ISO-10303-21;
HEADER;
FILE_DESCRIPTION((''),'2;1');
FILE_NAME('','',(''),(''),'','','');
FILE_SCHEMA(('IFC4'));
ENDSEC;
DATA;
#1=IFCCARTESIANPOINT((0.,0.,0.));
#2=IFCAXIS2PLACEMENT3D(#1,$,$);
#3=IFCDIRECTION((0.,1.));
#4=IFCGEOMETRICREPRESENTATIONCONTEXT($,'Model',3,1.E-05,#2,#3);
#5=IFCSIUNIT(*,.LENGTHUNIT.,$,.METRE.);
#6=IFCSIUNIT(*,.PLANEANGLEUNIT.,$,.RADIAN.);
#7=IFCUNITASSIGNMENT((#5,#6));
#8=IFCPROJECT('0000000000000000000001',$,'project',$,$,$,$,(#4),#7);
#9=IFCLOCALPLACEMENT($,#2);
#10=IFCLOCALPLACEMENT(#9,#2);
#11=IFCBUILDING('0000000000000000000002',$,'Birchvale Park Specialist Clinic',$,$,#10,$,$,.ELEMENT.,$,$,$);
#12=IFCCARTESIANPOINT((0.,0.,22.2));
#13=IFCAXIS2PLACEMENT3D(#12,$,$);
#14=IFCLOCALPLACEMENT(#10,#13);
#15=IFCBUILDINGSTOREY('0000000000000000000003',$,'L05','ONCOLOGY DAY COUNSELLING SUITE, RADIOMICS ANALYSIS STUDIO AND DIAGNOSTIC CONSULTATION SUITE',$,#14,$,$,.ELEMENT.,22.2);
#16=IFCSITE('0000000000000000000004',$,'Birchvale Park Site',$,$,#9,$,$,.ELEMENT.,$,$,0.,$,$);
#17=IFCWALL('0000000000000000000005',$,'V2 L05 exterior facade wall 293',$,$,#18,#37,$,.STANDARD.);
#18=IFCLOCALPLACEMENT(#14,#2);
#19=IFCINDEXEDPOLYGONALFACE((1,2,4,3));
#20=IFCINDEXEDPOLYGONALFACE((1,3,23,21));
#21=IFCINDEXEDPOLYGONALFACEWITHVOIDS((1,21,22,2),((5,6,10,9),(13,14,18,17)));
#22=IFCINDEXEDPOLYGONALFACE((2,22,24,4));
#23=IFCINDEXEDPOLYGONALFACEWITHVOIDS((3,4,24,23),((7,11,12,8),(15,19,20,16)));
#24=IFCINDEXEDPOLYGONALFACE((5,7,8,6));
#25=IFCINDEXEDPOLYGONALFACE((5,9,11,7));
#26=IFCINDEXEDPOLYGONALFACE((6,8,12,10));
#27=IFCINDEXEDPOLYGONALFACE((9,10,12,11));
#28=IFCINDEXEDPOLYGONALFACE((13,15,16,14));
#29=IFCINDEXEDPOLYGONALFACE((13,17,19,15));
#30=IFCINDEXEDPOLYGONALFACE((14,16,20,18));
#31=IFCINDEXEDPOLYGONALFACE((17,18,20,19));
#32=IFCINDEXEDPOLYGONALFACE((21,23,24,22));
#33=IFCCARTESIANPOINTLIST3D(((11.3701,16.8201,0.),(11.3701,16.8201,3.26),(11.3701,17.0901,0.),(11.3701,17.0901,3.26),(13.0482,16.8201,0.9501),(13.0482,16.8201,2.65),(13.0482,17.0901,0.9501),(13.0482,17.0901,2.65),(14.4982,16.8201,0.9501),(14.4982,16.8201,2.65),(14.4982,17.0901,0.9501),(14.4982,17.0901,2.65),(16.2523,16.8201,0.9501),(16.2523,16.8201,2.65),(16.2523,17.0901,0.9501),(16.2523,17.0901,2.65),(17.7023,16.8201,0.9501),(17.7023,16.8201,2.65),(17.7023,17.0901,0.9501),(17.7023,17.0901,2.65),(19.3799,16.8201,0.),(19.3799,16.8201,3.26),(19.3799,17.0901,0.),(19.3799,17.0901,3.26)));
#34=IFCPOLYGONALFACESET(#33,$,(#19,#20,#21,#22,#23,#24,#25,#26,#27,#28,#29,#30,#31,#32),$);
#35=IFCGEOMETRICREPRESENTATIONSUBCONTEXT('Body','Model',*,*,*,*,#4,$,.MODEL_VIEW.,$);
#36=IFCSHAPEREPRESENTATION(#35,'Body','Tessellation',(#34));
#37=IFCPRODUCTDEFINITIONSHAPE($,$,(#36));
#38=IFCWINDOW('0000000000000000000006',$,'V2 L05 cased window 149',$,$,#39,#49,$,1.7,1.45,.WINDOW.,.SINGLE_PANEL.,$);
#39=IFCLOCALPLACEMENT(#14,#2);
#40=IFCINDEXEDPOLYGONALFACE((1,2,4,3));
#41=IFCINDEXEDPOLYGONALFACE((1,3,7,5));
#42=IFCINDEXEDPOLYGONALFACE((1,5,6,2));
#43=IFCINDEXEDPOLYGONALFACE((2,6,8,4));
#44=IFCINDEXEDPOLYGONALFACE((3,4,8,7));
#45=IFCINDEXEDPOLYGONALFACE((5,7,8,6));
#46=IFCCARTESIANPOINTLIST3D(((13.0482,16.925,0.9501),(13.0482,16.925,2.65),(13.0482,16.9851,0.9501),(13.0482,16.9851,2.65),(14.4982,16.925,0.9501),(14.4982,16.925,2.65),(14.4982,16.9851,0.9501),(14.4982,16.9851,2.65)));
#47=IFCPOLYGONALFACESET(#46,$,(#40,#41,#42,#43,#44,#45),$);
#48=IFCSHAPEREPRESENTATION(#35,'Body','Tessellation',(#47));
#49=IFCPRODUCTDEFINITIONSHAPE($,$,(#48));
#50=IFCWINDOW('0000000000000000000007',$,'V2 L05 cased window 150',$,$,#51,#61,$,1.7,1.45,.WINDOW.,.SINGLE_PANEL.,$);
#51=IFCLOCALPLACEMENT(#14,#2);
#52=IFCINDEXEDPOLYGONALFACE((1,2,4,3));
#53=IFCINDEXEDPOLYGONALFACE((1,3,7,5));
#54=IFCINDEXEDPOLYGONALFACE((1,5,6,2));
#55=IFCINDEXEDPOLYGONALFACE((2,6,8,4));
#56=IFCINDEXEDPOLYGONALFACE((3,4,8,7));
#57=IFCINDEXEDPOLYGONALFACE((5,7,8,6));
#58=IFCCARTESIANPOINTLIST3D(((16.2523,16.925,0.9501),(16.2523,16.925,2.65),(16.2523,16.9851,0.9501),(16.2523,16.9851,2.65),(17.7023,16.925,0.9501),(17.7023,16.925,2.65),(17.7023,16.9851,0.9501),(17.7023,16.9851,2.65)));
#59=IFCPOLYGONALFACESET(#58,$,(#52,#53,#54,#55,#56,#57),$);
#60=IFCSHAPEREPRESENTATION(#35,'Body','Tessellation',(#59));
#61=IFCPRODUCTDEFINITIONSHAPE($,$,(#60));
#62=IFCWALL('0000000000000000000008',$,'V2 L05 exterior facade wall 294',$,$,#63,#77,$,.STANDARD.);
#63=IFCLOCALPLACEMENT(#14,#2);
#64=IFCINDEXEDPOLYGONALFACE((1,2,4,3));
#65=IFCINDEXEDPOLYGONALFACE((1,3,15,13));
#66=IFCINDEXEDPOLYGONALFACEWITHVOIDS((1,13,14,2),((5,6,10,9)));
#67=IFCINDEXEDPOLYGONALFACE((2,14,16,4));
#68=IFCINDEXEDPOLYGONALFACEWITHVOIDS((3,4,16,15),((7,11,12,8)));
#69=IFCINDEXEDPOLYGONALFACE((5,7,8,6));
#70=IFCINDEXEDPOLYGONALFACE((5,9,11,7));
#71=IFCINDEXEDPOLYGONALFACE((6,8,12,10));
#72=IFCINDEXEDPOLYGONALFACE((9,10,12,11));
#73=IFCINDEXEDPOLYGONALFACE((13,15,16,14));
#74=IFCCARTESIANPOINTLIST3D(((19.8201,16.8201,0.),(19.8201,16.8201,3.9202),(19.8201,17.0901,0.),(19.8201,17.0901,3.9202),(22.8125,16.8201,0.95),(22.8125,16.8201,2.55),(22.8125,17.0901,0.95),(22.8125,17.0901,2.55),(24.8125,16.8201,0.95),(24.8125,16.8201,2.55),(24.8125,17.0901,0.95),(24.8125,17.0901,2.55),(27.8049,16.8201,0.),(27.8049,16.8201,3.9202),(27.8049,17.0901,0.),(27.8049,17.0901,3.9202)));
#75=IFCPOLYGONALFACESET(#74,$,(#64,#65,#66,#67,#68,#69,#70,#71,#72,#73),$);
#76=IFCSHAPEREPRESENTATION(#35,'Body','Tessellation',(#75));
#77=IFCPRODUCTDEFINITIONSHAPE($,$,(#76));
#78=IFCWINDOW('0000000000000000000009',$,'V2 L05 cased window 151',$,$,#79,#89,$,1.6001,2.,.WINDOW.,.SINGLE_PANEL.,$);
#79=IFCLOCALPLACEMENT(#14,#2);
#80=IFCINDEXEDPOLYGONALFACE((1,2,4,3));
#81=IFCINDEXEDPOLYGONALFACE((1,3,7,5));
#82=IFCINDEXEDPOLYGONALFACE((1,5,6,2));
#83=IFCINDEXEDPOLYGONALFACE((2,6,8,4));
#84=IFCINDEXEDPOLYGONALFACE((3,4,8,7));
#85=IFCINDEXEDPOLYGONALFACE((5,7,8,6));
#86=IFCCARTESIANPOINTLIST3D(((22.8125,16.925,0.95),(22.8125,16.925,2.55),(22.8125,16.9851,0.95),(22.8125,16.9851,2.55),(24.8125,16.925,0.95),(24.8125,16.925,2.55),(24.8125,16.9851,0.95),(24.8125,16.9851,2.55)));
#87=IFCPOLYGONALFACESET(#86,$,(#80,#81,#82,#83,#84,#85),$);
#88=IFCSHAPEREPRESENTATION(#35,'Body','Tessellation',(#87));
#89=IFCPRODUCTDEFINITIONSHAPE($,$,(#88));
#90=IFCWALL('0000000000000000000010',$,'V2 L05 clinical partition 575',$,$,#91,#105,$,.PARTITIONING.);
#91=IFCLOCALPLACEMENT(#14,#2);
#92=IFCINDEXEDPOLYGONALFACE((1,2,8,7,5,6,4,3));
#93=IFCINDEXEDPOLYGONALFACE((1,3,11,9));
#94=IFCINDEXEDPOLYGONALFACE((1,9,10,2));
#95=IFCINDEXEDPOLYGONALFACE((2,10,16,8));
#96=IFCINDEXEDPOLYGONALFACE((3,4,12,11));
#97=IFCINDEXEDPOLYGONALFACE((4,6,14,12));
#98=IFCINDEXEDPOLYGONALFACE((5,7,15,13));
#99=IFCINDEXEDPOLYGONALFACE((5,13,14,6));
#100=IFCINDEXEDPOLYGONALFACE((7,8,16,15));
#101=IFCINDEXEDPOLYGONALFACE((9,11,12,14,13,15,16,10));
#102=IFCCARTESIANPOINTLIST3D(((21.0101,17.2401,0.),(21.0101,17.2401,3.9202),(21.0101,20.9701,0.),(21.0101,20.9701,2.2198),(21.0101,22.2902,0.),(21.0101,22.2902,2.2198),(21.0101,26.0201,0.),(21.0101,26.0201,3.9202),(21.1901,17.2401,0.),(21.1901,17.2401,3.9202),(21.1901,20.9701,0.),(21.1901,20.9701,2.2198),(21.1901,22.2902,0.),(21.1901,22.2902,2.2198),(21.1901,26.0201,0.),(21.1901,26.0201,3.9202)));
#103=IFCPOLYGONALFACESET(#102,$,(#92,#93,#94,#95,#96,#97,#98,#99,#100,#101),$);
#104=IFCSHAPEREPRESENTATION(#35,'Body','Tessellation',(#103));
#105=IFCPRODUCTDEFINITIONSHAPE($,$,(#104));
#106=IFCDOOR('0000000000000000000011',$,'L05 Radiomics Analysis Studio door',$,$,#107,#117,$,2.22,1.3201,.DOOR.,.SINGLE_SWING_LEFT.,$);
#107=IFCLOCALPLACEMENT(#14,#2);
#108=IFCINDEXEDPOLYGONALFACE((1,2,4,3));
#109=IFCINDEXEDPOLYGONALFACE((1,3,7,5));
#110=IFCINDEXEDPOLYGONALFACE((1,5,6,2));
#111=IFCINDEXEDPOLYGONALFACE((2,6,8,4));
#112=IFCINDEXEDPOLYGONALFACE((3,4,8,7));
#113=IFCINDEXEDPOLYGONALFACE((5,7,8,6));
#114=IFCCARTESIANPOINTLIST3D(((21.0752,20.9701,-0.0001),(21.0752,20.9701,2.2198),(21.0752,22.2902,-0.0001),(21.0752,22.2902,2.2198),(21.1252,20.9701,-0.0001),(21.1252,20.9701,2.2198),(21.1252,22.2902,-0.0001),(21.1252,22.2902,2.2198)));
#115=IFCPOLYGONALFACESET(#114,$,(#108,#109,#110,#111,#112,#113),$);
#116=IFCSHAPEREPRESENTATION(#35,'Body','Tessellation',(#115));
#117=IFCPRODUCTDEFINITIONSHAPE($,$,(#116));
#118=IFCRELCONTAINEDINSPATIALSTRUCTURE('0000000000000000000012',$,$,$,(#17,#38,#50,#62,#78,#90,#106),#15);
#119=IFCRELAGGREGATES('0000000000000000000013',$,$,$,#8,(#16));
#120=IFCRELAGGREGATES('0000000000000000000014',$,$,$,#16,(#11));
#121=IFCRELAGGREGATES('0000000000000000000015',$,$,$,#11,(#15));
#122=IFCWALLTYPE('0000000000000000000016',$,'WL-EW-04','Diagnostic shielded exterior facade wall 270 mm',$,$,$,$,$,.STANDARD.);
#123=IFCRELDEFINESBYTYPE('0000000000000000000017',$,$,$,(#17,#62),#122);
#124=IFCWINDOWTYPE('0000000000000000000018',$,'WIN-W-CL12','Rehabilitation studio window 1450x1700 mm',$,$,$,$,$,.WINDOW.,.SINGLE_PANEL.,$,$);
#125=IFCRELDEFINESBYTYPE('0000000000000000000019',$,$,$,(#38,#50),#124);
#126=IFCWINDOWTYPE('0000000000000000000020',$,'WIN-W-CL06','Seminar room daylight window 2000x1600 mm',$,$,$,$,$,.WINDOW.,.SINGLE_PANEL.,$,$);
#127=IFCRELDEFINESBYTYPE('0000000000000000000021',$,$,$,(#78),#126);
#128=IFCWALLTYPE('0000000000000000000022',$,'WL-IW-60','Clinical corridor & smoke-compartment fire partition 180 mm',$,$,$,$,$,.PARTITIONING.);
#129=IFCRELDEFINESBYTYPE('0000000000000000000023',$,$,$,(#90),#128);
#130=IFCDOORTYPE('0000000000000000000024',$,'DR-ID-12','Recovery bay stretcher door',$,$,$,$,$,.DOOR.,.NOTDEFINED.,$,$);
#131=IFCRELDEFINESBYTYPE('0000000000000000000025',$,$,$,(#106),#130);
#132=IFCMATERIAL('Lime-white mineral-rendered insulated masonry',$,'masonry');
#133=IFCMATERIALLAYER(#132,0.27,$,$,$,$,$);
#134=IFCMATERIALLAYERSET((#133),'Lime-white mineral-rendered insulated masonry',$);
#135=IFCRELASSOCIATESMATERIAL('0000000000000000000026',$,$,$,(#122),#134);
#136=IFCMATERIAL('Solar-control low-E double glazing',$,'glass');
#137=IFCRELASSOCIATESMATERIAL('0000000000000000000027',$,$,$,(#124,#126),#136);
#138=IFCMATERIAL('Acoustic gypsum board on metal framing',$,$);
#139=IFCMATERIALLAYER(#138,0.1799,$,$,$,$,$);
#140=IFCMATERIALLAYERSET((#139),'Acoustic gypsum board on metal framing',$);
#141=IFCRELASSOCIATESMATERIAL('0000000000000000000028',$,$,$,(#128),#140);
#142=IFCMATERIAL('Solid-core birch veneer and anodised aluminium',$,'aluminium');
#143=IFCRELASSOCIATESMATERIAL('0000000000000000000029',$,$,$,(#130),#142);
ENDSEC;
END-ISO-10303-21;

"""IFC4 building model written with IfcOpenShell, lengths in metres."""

from ifc_helpers import new_model, si_unit, direction, frame, frame_2d, origin, place, context, subcontext, project, spatial, rectangle, extrude, material, layer, layer_set, type_object, element, fill, save


model = new_model("IFC4")

# Units and contexts
model_context = context("Model", 3, precision=1e-05, world=origin(), true_north=direction((0.0, 1.0)))
body_context = subcontext(model_context, "Body", "Model", "MODEL_VIEW")
ifc_project = project(units=[si_unit("LENGTHUNIT", "METRE"), si_unit("PLANEANGLEUNIT", "RADIAN")], contexts=[model_context])

# Site, building, storey
site_placement = place(None, origin())
site = spatial("IfcSite", under=ifc_project, at=site_placement, Name="Birchvale Park Site", CompositionType="ELEMENT", RefElevation=0.0)
building_placement = place(site_placement, origin())
building = spatial("IfcBuilding", under=site, at=building_placement, Name="Birchvale Park Specialist Clinic", CompositionType="ELEMENT")
storey_placement = place(building_placement, frame((0.0, 0.0, 22.2)))
storey = spatial("IfcBuildingStorey", under=building, at=storey_placement, Name="L05", Description="ONCOLOGY DAY COUNSELLING SUITE, RADIOMICS ANALYSIS STUDIO AND DIAGNOSTIC CONSULTATION SUITE", CompositionType="ELEMENT", Elevation=22.2)

# Shared definitions
ifc_material_1 = material(Name="Solar-control low-E double glazing", Category="glass")

# Shared definitions
ifc_material_2 = material(Name="Lime-white mineral-rendered insulated masonry", Category="masonry")

# Wall, openings, windows
ifc_layer_1 = layer(ifc_material_2, 0.27)
ifc_layer_set_1 = layer_set([ifc_layer_1], Name="Lime-white mineral-rendered insulated masonry")
wall_type_1 = type_object("IfcWallType", Name="WL-EW-04", Description="Diagnostic shielded exterior facade wall 270 mm", PredefinedType="STANDARD", material=ifc_layer_set_1)
wall_1_placement = place(storey_placement, frame((11.3701, 16.9551, 0.0), z_axis=(0.0, 0.0, 1.0), x_axis=(1.0, 0.0, 0.0)))
wall_1 = element("IfcWall", 1, at=wall_1_placement, inside=storey, type_object=wall_type_1, Name="V2 L05 exterior facade wall 293", PredefinedType="STANDARD", context=body_context, shape_type="SweptSolid", body=[
    extrude(rectangle(XDim=8.0098, YDim=0.27, at=frame_2d((4.0049, 0.0))), origin(), (0.0, 0.0, 1.0), 3.26),
])
opening_1_placement = place(wall_1_placement, frame((1.678, 0.0, 0.95)))
opening_1 = element("IfcOpeningElement", 2, at=opening_1_placement, cuts=wall_1, PredefinedType="OPENING", context=body_context, shape_type="SweptSolid", body=[
    extrude(rectangle(XDim=1.45, YDim=1.7, at=frame_2d((0.7251, 0.8501))), frame((0.0, 0.145, 0.0), z_axis=(0.0, -1.0, 0.0), x_axis=(1.0, 0.0, 0.0)), (0.0, 0.0, 1.0), 0.29),
])
opening_2_placement = place(wall_1_placement, frame((4.8821, 0.0, 0.95)))
opening_2 = element("IfcOpeningElement", 3, at=opening_2_placement, cuts=wall_1, PredefinedType="OPENING", context=body_context, shape_type="SweptSolid", body=[
    extrude(rectangle(XDim=1.45, YDim=1.7, at=frame_2d((0.7251, 0.8501))), frame((0.0, 0.145, 0.0), z_axis=(0.0, -1.0, 0.0), x_axis=(1.0, 0.0, 0.0)), (0.0, 0.0, 1.0), 0.29),
])
window_type_1 = type_object("IfcWindowType", Name="WIN-W-CL12", Description="Rehabilitation studio window 1450x1700 mm", PartitioningType="SINGLE_PANEL", PredefinedType="WINDOW", material=ifc_material_1)
window_1_placement = place(opening_1_placement, origin())
window_1 = element("IfcWindow", 4, at=window_1_placement, inside=storey, type_object=window_type_1, Name="V2 L05 cased window 149", OverallHeight=1.7, OverallWidth=1.45, PartitioningType="SINGLE_PANEL", PredefinedType="WINDOW", context=body_context, shape_type="SweptSolid", body=[
    extrude(rectangle(XDim=1.45, YDim=1.7, at=frame_2d((0.7251, 0.8501))), frame((0.0, 0.03, 0.0), z_axis=(0.0, -1.0, 0.0), x_axis=(1.0, 0.0, 0.0)), (0.0, 0.0, 1.0), 0.0601),
])
fill(opening_1, window_1)
window_2_placement = place(opening_2_placement, origin())
window_2 = element("IfcWindow", 5, at=window_2_placement, inside=storey, type_object=window_type_1, Name="V2 L05 cased window 150", OverallHeight=1.7, OverallWidth=1.45, PartitioningType="SINGLE_PANEL", PredefinedType="WINDOW", context=body_context, shape_type="SweptSolid", body=[
    extrude(rectangle(XDim=1.45, YDim=1.7, at=frame_2d((0.7251, 0.8501))), frame((0.0, 0.03, 0.0), z_axis=(0.0, -1.0, 0.0), x_axis=(1.0, 0.0, 0.0)), (0.0, 0.0, 1.0), 0.0601),
])
fill(opening_2, window_2)

# Wall, opening, window
wall_2_placement = place(storey_placement, frame((19.8201, 16.9551, 0.0), z_axis=(0.0, 0.0, 1.0), x_axis=(1.0, 0.0, 0.0)))
wall_2 = element("IfcWall", 6, at=wall_2_placement, inside=storey, type_object=wall_type_1, Name="V2 L05 exterior facade wall 294", PredefinedType="STANDARD", context=body_context, shape_type="SweptSolid", body=[
    extrude(rectangle(XDim=7.9849, YDim=0.27, at=frame_2d((3.9924, 0.0))), origin(), (0.0, 0.0, 1.0), 3.9202),
])
opening_3_placement = place(wall_2_placement, frame((2.9924, 0.0, 0.95)))
opening_3 = element("IfcOpeningElement", 7, at=opening_3_placement, cuts=wall_2, PredefinedType="OPENING", context=body_context, shape_type="SweptSolid", body=[
    extrude(rectangle(XDim=2.0, YDim=1.6001, at=frame_2d((1.0, 0.8))), frame((0.0, 0.145, 0.0), z_axis=(0.0, -1.0, 0.0), x_axis=(1.0, 0.0, 0.0)), (0.0, 0.0, 1.0), 0.29),
])
window_type_2 = type_object("IfcWindowType", Name="WIN-W-CL06", Description="Seminar room daylight window 2000x1600 mm", PartitioningType="SINGLE_PANEL", PredefinedType="WINDOW", material=ifc_material_1)
window_3_placement = place(opening_3_placement, origin())
window_3 = element("IfcWindow", 8, at=window_3_placement, inside=storey, type_object=window_type_2, Name="V2 L05 cased window 151", OverallHeight=1.6001, OverallWidth=2.0, PartitioningType="SINGLE_PANEL", PredefinedType="WINDOW", context=body_context, shape_type="SweptSolid", body=[
    extrude(rectangle(XDim=2.0, YDim=1.6001, at=frame_2d((1.0, 0.8))), frame((0.0, 0.03, 0.0), z_axis=(0.0, -1.0, 0.0), x_axis=(1.0, 0.0, 0.0)), (0.0, 0.0, 1.0), 0.0601),
])
fill(opening_3, window_3)

# Wall, opening, door
ifc_material_3 = material(Name="Acoustic gypsum board on metal framing")
ifc_layer_2 = layer(ifc_material_3, 0.1799)
ifc_layer_set_2 = layer_set([ifc_layer_2], Name="Acoustic gypsum board on metal framing")
wall_type_2 = type_object("IfcWallType", Name="WL-IW-60", Description="Clinical corridor & smoke-compartment fire partition 180 mm", PredefinedType="PARTITIONING", material=ifc_layer_set_2)
wall_3_placement = place(storey_placement, frame((21.1001, 17.24, 0.0), z_axis=(0.0, 0.0, 1.0), x_axis=(0.0, 1.0, 0.0)))
wall_3 = element("IfcWall", 9, at=wall_3_placement, inside=storey, type_object=wall_type_2, Name="V2 L05 clinical partition 575", PredefinedType="PARTITIONING", context=body_context, shape_type="SweptSolid", body=[
    extrude(rectangle(XDim=8.78, YDim=0.1799, at=frame_2d((4.3901, 0.0))), origin(), (0.0, 0.0, 1.0), 3.9202),
])
opening_4_placement = place(wall_3_placement, frame((3.73, 0.0, 0.0)))
opening_4 = element("IfcOpeningElement", 10, at=opening_4_placement, cuts=wall_3, PredefinedType="OPENING", context=body_context, shape_type="SweptSolid", body=[
    extrude(rectangle(XDim=1.3201, YDim=2.22, at=frame_2d((0.6602, 1.1099))), frame((0.0, 0.1001, 0.0), z_axis=(0.0, -1.0, 0.0), x_axis=(1.0, 0.0, 0.0)), (0.0, 0.0, 1.0), 0.2),
])
ifc_material_4 = material(Name="Solid-core birch veneer and anodised aluminium", Category="aluminium")
door_type = type_object("IfcDoorType", Name="DR-ID-12", Description="Recovery bay stretcher door", OperationType="NOTDEFINED", PredefinedType="DOOR", material=ifc_material_4)
door_placement = place(opening_4_placement, origin())
door = element("IfcDoor", 11, at=door_placement, inside=storey, type_object=door_type, Name="L05 Radiomics Analysis Studio door", OperationType="SINGLE_SWING_LEFT", OverallHeight=2.22, OverallWidth=1.3201, PredefinedType="DOOR", context=body_context, shape_type="SweptSolid", body=[
    extrude(rectangle(XDim=1.3201, YDim=2.22, at=frame_2d((0.6602, 1.1099))), frame((0.0, 0.0249, 0.0), z_axis=(0.0, -1.0, 0.0), x_axis=(1.0, 0.0, 0.0)), (0.0, 0.0, 1.0), 0.05),
])
fill(opening_4, door)

save(model, "model.ifc")
